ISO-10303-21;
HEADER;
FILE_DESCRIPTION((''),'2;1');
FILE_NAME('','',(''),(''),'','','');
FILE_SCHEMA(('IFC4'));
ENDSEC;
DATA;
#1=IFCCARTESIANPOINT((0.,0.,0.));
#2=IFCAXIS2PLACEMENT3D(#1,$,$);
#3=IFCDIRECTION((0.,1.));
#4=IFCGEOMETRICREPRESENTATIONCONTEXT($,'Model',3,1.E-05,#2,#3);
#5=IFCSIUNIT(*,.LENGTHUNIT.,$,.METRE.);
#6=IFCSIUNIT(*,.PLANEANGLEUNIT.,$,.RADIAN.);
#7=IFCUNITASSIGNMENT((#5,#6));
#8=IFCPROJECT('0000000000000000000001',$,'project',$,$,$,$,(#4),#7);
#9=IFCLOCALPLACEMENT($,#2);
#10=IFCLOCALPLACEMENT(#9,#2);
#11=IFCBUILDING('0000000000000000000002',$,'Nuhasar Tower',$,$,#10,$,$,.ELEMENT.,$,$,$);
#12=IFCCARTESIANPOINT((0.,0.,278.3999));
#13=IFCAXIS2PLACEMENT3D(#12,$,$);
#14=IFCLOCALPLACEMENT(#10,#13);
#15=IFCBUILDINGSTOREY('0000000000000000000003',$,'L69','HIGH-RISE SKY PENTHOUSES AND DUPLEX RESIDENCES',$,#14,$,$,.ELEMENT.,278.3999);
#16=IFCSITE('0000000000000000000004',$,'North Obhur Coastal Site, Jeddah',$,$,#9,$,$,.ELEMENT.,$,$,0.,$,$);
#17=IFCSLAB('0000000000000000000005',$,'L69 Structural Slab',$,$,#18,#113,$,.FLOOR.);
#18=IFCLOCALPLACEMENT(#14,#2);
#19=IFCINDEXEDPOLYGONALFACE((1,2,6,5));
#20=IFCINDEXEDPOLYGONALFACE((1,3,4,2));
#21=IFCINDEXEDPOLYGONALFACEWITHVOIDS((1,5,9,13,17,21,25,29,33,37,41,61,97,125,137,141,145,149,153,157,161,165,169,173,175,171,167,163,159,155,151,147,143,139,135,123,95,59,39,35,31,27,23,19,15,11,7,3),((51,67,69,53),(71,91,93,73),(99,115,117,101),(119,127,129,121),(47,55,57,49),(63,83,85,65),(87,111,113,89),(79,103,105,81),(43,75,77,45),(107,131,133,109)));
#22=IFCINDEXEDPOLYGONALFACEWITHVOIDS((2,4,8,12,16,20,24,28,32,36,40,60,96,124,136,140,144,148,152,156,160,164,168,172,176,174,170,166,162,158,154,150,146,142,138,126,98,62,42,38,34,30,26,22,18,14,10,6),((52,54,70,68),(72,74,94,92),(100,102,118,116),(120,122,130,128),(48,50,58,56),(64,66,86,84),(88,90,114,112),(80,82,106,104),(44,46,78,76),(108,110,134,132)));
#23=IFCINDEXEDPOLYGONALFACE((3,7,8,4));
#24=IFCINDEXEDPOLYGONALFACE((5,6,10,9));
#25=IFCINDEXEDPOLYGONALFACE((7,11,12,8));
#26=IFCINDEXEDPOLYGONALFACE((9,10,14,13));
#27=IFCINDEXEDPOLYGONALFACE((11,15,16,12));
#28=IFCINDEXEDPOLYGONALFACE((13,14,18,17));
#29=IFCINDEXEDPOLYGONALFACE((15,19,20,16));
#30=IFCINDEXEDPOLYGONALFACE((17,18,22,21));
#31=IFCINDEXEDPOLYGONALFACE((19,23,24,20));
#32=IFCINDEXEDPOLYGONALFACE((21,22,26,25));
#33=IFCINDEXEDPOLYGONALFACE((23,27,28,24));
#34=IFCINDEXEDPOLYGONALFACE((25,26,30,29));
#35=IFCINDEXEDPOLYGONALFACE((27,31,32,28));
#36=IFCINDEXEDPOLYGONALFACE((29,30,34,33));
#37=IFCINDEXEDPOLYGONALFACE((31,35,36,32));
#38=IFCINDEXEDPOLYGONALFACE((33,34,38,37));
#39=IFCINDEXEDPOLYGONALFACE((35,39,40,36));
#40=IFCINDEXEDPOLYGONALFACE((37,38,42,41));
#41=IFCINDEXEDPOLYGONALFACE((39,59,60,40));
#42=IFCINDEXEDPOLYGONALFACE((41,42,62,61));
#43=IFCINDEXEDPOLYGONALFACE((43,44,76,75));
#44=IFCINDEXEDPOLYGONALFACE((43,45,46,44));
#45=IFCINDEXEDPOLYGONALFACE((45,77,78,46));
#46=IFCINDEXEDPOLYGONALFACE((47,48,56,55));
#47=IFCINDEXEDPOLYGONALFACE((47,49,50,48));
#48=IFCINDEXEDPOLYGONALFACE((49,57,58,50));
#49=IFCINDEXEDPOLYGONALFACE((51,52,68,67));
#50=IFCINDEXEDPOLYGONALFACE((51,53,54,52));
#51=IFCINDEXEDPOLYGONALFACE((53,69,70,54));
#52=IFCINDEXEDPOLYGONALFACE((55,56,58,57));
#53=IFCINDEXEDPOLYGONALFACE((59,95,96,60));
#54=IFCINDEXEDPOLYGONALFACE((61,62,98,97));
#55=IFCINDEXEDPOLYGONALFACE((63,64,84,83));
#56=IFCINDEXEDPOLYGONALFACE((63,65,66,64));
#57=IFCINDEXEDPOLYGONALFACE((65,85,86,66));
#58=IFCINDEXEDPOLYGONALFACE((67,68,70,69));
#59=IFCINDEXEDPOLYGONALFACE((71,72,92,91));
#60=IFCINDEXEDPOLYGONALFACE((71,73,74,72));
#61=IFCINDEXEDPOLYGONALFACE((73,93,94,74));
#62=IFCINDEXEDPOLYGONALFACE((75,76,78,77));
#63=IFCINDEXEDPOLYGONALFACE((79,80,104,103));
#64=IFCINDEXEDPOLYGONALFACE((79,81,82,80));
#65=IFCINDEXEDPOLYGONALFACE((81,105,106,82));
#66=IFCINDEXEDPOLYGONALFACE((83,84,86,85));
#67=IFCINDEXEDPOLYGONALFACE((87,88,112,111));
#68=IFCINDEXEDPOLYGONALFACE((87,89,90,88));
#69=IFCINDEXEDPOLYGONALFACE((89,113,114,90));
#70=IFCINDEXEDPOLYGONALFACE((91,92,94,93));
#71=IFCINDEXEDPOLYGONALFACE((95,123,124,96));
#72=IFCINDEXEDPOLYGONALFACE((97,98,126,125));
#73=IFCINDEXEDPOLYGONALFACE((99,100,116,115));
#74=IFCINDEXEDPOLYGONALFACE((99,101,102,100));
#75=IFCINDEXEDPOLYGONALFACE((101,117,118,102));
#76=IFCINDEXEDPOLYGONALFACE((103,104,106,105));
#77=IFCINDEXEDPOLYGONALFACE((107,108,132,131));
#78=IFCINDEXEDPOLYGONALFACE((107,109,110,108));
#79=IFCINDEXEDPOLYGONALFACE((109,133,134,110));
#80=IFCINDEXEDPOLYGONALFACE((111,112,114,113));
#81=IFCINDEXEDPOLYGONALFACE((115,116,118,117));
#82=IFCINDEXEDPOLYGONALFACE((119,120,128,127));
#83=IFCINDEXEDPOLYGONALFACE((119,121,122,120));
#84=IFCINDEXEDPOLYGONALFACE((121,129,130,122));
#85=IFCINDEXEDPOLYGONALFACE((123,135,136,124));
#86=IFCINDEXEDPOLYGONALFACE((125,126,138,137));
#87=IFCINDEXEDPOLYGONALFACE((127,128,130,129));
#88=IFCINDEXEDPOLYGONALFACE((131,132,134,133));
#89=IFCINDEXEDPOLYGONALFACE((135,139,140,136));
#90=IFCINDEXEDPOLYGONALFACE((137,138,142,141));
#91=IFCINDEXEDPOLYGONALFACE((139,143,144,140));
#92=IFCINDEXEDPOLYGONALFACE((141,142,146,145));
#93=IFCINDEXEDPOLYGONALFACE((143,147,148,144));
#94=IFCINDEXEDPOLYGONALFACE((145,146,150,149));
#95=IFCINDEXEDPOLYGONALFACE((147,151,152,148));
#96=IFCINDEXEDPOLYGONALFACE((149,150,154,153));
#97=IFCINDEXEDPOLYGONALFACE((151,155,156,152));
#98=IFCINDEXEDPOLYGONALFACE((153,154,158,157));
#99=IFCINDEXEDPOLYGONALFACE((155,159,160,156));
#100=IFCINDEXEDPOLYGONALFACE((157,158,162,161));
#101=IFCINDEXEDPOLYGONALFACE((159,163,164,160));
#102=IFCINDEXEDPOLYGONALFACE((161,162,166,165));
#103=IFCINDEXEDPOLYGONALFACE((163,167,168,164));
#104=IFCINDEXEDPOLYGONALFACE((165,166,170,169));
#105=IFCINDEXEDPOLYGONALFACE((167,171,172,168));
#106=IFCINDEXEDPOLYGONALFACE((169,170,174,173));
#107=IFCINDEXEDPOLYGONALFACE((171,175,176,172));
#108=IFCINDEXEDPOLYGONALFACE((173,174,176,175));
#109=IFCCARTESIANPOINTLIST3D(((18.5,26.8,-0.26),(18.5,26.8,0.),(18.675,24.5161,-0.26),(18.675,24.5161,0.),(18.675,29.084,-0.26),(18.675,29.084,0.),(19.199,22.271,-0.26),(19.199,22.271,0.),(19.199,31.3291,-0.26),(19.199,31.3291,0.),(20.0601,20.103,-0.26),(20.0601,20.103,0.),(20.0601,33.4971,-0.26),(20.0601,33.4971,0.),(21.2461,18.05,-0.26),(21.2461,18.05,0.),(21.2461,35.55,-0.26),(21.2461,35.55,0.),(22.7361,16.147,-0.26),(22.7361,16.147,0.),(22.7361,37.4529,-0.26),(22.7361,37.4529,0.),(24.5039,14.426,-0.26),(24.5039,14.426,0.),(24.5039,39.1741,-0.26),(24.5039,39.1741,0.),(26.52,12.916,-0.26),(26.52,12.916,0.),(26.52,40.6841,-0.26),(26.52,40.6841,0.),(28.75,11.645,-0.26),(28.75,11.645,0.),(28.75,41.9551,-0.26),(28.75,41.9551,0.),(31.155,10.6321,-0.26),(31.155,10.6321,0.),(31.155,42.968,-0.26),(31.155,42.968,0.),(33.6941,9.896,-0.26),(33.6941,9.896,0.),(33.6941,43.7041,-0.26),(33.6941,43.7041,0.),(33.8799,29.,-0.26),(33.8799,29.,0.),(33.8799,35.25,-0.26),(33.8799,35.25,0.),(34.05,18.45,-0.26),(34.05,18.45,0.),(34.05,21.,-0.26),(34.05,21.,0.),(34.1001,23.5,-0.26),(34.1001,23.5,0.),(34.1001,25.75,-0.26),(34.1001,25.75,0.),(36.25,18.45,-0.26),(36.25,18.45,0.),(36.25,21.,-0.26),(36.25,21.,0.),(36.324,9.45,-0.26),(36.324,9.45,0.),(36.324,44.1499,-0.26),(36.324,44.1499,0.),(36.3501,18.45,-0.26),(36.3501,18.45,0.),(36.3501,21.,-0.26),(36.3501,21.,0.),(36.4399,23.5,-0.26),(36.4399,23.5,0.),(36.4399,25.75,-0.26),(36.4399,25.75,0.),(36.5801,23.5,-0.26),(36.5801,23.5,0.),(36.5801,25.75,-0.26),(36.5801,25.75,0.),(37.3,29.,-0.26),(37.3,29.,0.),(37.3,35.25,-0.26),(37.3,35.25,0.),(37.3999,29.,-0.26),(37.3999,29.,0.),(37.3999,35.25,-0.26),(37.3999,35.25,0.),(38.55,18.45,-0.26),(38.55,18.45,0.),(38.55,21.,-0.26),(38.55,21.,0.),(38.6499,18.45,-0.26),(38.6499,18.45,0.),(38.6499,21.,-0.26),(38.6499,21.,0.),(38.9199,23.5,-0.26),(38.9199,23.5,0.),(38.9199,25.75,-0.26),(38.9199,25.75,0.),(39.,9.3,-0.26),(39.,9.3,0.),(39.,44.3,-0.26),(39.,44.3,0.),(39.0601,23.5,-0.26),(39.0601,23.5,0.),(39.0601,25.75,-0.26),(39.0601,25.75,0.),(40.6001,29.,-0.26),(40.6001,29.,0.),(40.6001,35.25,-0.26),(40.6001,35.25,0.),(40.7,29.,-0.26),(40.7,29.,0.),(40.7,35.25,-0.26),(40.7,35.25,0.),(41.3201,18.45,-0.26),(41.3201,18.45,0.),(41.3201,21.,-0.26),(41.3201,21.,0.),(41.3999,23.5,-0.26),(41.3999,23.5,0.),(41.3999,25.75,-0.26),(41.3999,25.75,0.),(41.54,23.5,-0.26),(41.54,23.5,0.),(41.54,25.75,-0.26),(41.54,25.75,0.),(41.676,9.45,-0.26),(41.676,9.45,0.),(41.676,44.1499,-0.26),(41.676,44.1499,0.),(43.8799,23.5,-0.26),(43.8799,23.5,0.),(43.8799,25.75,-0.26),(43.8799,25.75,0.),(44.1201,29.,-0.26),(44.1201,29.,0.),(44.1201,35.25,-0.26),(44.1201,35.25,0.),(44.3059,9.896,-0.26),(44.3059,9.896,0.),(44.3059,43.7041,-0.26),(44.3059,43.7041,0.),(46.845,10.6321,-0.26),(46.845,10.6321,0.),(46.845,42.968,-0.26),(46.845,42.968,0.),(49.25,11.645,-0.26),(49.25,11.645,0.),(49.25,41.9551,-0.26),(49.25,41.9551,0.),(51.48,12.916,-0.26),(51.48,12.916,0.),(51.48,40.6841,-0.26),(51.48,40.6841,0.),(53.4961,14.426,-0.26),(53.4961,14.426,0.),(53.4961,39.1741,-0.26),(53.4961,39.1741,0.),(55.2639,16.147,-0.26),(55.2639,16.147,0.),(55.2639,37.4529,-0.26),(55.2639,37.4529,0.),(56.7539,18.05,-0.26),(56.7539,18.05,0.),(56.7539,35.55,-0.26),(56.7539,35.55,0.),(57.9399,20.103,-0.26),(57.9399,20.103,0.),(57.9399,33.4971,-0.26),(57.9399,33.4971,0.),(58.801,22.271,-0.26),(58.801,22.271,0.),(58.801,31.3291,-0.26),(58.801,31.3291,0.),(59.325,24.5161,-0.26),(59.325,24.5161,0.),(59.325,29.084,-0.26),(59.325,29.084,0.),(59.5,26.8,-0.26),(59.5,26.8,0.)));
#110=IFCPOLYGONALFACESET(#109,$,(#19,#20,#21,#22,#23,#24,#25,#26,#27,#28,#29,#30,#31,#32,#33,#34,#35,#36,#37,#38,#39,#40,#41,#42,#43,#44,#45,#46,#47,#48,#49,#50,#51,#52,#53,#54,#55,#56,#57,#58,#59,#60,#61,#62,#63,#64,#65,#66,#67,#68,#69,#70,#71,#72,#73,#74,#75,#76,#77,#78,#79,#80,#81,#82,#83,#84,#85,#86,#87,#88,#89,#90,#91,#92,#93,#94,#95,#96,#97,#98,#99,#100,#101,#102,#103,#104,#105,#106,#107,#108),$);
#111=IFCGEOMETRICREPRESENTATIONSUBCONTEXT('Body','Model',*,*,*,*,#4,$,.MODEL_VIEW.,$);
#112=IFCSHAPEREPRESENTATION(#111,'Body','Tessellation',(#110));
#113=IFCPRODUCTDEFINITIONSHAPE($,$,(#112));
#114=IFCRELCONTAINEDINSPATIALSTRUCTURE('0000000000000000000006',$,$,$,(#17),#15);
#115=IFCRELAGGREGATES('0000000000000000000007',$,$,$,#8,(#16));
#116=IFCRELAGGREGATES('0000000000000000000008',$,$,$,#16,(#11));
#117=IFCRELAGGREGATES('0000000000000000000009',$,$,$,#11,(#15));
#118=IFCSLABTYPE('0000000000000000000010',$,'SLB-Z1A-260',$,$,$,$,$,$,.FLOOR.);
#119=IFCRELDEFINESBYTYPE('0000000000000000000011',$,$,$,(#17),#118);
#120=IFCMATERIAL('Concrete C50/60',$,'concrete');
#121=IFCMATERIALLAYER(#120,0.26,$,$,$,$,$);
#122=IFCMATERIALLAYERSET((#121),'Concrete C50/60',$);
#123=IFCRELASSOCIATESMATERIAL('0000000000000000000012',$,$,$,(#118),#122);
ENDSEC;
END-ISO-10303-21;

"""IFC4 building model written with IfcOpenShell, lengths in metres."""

from ifc_helpers import new_model, si_unit, direction, frame, origin, place, context, subcontext, project, spatial, polyline, outline, extrude, material, layer, layer_set, type_object, element, save


model = new_model("IFC4")

# Units and contexts
model_context = context("Model", 3, precision=1e-05, world=origin(), true_north=direction((0.0, 1.0)))
body_context = subcontext(model_context, "Body", "Model", "MODEL_VIEW")
ifc_project = project(units=[si_unit("LENGTHUNIT", "METRE"), si_unit("PLANEANGLEUNIT", "RADIAN")], contexts=[model_context])

# Site, building, storey
site_placement = place(None, origin())
site = spatial("IfcSite", under=ifc_project, at=site_placement, Name="North Obhur Coastal Site, Jeddah", CompositionType="ELEMENT", RefElevation=0.0)
building_placement = place(site_placement, origin())
building = spatial("IfcBuilding", under=site, at=building_placement, Name="Nuhasar Tower", CompositionType="ELEMENT")
storey_placement = place(building_placement, frame((0.0, 0.0, 278.3999)))
storey = spatial("IfcBuildingStorey", under=building, at=storey_placement, Name="L69", Description="HIGH-RISE SKY PENTHOUSES AND DUPLEX RESIDENCES", CompositionType="ELEMENT", Elevation=278.3999)

# Shared definitions
ifc_material_1 = material(Name="Concrete C50/60", Category="concrete")

# Slab
ifc_layer_1 = layer(ifc_material_1, 0.26)
ifc_layer_set_1 = layer_set([ifc_layer_1], Name="Concrete C50/60")
slab_type_1 = type_object("IfcSlabType", Name="SLB-Z1A-260", PredefinedType="FLOOR", material=ifc_layer_set_1)
slab_1_placement = place(storey_placement, frame((0.0, 0.0, -0.26)))
element("IfcSlab", 1, at=slab_1_placement, inside=storey, type_object=slab_type_1, Name="L69 Structural Slab", PredefinedType="FLOOR", context=body_context, shape_type="SweptSolid", body=[
    extrude(outline(polyline([(59.5, 26.8), (59.325, 29.084), (58.801, 31.3291), (57.9399, 33.4971), (56.7539, 35.55), (55.2639, 37.4529), (53.4961, 39.1741), (51.48, 40.6841), (49.25, 41.9551), (46.845, 42.968), (44.3059, 43.7041), (41.676, 44.1499), (39.0, 44.3), (36.324, 44.1499), (33.6941, 43.7041), (31.155, 42.968), (28.75, 41.9551), (26.52, 40.6841), (24.5039, 39.1741), (22.7361, 37.4529), (21.2461, 35.55), (20.0601, 33.4971), (19.199, 31.3291), (18.675, 29.084), (18.5, 26.8), (18.675, 24.5161), (19.199, 22.271), (20.0601, 20.103), (21.2461, 18.05), (22.7361, 16.147), (24.5039, 14.426), (26.52, 12.916), (28.75, 11.645), (31.155, 10.6321), (33.6941, 9.896), (36.324, 9.45), (39.0, 9.3), (41.676, 9.45), (44.3059, 9.896), (46.845, 10.6321), (49.25, 11.645), (51.48, 12.916), (53.4961, 14.426), (55.2639, 16.147), (56.7539, 18.05), (57.9399, 20.103), (58.801, 22.271), (59.325, 24.5161), (59.5, 26.8)]), holes=[polyline([(33.8799, 35.25), (37.3, 35.25), (37.3, 29.0), (33.8799, 29.0), (33.8799, 35.25)]), polyline([(37.3999, 35.25), (40.6001, 35.25), (40.6001, 29.0), (37.3999, 29.0), (37.3999, 35.25)]), polyline([(40.7, 35.25), (44.1201, 35.25), (44.1201, 29.0), (40.7, 29.0), (40.7, 35.25)]), polyline([(34.1001, 25.75), (36.4399, 25.75), (36.4399, 23.5), (34.1001, 23.5), (34.1001, 25.75)]), polyline([(36.5801, 25.75), (38.9199, 25.75), (38.9199, 23.5), (36.5801, 23.5), (36.5801, 25.75)]), polyline([(39.0601, 25.75), (41.3999, 25.75), (41.3999, 23.5), (39.0601, 23.5), (39.0601, 25.75)]), polyline([(41.54, 25.75), (43.8799, 25.75), (43.8799, 23.5), (41.54, 23.5), (41.54, 25.75)]), polyline([(34.05, 21.0), (36.25, 21.0), (36.25, 18.45), (34.05, 18.45), (34.05, 21.0)]), polyline([(36.3501, 21.0), (38.55, 21.0), (38.55, 18.45), (36.3501, 18.45), (36.3501, 21.0)]), polyline([(38.6499, 21.0), (41.3201, 21.0), (41.3201, 18.45), (38.6499, 18.45), (38.6499, 21.0)])]), origin(), (0.0, 0.0, 1.0), 0.26),
])

save(model, "model.ifc")
